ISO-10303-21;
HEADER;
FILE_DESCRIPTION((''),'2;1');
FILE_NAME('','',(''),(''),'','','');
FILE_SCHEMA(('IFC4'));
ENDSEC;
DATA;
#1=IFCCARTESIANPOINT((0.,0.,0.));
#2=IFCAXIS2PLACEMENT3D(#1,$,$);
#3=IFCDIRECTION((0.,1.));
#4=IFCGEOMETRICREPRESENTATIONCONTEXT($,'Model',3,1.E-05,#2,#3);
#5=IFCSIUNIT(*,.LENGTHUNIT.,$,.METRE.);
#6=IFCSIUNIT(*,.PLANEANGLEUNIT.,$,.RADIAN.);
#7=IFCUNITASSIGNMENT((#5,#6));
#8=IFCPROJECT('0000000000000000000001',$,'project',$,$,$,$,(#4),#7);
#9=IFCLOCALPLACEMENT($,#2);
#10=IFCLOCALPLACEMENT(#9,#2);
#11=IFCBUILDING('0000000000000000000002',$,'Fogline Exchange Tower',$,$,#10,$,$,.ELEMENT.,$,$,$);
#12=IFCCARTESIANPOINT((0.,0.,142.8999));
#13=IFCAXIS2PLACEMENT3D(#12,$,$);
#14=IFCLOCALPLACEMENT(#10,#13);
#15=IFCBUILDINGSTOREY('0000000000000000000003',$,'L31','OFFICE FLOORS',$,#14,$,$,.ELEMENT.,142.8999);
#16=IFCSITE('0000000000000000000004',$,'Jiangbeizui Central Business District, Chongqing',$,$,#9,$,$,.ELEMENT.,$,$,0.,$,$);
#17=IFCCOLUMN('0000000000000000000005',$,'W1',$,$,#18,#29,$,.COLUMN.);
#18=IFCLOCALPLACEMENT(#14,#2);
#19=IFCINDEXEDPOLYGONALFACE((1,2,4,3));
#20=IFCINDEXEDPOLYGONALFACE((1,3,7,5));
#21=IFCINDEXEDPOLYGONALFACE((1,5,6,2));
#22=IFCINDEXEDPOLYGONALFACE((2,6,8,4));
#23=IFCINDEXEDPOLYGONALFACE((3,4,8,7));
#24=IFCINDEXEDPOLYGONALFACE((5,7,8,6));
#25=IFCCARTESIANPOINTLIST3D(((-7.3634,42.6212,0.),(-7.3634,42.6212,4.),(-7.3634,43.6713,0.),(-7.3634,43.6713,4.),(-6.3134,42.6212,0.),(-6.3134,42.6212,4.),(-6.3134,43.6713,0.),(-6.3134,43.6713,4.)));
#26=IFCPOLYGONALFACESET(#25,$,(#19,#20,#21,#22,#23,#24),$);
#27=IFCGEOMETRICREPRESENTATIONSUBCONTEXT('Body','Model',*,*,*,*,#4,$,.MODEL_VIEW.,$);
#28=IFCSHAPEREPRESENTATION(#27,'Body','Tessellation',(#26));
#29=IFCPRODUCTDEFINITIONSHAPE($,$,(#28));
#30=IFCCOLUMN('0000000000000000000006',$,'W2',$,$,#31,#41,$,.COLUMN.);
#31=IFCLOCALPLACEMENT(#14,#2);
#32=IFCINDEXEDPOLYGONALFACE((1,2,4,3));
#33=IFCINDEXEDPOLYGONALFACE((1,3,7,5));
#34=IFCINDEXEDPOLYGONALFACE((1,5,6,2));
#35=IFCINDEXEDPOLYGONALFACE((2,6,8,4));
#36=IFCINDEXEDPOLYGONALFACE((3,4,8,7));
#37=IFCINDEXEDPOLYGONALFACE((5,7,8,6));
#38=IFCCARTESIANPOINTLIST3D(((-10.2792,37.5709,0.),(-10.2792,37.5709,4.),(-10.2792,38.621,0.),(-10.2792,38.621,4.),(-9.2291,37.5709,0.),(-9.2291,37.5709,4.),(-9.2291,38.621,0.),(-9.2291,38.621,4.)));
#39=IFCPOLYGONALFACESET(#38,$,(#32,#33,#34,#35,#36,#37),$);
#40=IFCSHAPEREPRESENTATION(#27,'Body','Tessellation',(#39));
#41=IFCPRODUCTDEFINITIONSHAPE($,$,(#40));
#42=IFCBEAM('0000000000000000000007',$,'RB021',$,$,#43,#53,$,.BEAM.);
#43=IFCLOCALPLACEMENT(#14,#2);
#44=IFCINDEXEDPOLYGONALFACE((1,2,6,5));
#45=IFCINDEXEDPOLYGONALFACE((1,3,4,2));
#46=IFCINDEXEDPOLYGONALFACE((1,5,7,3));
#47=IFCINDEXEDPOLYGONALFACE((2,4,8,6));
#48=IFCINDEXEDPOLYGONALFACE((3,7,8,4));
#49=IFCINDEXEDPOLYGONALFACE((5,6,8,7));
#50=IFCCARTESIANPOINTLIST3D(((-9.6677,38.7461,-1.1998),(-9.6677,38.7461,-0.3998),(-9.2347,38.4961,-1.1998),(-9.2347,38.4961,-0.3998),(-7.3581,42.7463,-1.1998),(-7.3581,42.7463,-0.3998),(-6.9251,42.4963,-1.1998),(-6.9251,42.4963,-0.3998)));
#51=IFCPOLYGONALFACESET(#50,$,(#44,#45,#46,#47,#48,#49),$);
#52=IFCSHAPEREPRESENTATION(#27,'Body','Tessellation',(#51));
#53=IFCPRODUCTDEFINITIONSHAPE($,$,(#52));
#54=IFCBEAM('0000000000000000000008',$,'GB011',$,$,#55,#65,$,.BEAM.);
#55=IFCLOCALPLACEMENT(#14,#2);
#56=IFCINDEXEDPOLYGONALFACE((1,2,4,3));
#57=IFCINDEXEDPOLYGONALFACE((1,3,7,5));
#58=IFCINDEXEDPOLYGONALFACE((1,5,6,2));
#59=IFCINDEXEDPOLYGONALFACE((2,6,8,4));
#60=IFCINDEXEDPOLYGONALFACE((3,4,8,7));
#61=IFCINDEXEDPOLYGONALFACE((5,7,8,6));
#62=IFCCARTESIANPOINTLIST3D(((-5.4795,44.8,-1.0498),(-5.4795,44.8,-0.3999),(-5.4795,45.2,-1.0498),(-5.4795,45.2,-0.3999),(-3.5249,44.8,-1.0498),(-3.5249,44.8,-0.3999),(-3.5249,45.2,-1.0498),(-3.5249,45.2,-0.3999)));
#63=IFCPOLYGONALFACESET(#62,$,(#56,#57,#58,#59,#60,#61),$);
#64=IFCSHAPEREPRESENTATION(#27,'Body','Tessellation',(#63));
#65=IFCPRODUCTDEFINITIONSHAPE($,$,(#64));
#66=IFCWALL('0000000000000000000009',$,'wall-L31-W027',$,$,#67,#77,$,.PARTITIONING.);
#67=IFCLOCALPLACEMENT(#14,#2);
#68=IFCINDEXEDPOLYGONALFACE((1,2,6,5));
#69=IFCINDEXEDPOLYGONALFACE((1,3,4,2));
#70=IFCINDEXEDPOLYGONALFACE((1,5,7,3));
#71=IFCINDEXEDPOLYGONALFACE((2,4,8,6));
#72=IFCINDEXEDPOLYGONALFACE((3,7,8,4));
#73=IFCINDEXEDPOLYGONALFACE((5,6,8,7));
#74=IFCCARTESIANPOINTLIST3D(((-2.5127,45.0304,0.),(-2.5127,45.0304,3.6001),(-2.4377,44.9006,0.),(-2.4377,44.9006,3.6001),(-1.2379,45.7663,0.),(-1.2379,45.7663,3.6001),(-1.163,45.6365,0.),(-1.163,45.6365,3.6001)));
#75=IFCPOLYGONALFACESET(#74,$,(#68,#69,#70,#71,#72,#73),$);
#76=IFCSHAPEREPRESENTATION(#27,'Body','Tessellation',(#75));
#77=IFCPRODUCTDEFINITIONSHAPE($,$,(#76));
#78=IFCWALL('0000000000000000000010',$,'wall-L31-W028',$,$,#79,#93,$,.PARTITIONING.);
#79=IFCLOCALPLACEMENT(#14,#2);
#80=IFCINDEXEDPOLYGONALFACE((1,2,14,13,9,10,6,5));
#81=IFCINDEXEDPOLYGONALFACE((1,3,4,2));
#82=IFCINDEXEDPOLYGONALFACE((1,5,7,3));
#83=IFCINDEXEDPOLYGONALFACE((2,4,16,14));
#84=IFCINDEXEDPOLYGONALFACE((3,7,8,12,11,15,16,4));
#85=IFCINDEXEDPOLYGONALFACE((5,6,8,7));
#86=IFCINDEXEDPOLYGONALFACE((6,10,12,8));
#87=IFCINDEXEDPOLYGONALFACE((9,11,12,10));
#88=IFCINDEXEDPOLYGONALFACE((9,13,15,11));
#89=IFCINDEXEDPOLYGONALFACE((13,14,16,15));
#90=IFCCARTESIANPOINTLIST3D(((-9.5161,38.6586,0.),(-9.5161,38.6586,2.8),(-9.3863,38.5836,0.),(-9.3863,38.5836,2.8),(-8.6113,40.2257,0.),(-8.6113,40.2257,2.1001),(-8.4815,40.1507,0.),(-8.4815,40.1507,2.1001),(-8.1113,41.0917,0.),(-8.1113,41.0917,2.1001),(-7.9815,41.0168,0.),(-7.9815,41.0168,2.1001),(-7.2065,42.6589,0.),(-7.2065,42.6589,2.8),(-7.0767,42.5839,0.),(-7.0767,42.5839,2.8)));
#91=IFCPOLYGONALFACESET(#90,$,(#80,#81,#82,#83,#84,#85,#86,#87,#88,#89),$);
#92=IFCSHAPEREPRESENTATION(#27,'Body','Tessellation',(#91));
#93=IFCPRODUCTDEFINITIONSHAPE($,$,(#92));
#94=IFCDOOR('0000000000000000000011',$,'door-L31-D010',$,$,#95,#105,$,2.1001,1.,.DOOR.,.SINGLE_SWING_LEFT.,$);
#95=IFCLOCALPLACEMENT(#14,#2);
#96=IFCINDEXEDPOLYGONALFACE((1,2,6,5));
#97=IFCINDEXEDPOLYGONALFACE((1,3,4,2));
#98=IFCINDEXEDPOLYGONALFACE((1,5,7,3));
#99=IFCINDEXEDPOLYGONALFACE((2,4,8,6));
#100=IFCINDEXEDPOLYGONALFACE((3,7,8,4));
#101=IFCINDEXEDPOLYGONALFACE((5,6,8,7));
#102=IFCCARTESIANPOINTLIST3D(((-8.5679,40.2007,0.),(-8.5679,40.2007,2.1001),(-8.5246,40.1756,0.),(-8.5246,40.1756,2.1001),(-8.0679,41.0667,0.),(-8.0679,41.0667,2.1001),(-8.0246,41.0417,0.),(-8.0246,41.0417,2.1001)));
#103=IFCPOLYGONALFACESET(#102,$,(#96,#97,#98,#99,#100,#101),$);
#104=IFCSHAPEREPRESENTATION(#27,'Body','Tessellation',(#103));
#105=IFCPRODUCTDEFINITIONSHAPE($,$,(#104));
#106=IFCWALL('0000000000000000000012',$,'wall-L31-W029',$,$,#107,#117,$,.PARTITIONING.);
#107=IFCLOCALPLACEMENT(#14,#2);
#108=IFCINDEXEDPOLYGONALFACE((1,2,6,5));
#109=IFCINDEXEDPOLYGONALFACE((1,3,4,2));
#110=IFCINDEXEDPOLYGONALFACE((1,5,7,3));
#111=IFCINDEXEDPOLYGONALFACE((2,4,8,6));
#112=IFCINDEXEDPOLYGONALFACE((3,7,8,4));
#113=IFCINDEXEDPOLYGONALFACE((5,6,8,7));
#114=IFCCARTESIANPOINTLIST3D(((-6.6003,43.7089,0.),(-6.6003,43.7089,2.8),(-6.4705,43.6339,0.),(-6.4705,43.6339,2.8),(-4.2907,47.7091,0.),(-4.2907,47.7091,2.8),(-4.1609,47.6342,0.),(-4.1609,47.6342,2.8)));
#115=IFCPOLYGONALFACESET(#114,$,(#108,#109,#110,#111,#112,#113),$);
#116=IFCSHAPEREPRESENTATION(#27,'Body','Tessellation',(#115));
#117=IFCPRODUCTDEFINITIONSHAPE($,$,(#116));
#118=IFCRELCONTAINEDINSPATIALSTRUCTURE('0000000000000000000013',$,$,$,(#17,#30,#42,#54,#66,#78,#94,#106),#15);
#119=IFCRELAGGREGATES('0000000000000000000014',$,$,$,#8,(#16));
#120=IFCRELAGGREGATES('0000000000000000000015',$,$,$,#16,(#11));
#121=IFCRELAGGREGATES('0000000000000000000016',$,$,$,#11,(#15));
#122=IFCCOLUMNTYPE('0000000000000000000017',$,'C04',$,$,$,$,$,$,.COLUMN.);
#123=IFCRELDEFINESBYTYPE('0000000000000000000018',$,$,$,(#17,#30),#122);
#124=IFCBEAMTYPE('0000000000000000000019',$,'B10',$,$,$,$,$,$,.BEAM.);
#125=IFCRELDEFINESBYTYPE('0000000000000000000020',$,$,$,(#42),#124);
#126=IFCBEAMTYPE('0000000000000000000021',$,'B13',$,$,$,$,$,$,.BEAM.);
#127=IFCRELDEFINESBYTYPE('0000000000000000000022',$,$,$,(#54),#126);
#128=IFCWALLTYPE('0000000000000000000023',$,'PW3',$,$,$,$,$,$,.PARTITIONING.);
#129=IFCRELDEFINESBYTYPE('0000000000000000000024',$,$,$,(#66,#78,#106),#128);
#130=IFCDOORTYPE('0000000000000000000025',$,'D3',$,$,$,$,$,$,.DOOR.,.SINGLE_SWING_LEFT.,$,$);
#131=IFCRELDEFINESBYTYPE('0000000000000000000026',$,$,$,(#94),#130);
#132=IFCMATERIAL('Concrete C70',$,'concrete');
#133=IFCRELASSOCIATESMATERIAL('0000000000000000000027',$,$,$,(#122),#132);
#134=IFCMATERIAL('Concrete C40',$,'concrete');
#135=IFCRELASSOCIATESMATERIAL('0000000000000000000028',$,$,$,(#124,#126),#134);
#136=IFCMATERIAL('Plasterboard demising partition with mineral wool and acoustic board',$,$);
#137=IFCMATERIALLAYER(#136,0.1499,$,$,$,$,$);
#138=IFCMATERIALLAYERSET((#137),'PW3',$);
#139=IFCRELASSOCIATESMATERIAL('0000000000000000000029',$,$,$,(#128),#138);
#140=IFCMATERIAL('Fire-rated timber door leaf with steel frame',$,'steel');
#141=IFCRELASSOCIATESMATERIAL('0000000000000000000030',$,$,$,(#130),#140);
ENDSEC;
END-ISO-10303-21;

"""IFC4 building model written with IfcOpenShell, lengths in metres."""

from ifc_helpers import new_model, si_unit, direction, frame, frame_2d, origin, origin_2d, place, context, subcontext, project, spatial, rectangle, extrude, material, layer, layer_set, material_profile, profile_set, type_object, element, fill, save


model = new_model("IFC4")

# Units and contexts
model_context = context("Model", 3, precision=1e-05, world=origin(), true_north=direction((0.0, 1.0)))
body_context = subcontext(model_context, "Body", "Model", "MODEL_VIEW")
ifc_project = project(units=[si_unit("LENGTHUNIT", "METRE"), si_unit("PLANEANGLEUNIT", "RADIAN")], contexts=[model_context])

# Site, building, storey
site_placement = place(None, origin())
site = spatial("IfcSite", under=ifc_project, at=site_placement, Name="Jiangbeizui Central Business District, Chongqing", CompositionType="ELEMENT", RefElevation=0.0)
building_placement = place(site_placement, origin())
building = spatial("IfcBuilding", under=site, at=building_placement, Name="Fogline Exchange Tower", CompositionType="ELEMENT")
storey_placement = place(building_placement, frame((0.0, 0.0, 142.8999)))
storey = spatial("IfcBuildingStorey", under=building, at=storey_placement, Name="L31", Description="OFFICE FLOORS", CompositionType="ELEMENT", Elevation=142.8999)

# Columns
ifc_material_1 = material(Name="Concrete C70", Category="concrete")
ifc_material_profile_1 = material_profile(ifc_material_1, rectangle(XDim=1.05, YDim=1.05, at=origin_2d()), Name="RC 1050x1050")
ifc_profile_set_1 = profile_set([ifc_material_profile_1], Name="Concrete C70")
column_type = type_object("IfcColumnType", Name="C04", PredefinedType="COLUMN", material=ifc_profile_set_1)
for number, where, z_axis, x_axis, name in (
    (1, (-6.8384, 43.1462, 0.0), (0.0, 0.0, 1.0), (1.0, 0.0, 0.0), "W1"),
    (2, (-9.7542, 38.0959, 0.0), (0.0, 0.0, 1.0), (1.0, 0.0, 0.0), "W2"),
):
    element("IfcColumn", number, at=place(storey_placement, frame(where, z_axis=z_axis, x_axis=x_axis)), inside=storey, type_object=column_type, Name=name, PredefinedType="COLUMN", context=body_context, shape_type="SweptSolid", body=[
        extrude(rectangle(XDim=1.05, YDim=1.05, at=origin_2d()), origin(), (0.0, 0.0, 1.0), 4.0),
    ])

# Beams
ifc_material_2 = material(Name="Concrete C40", Category="concrete")
ifc_material_profile_2 = material_profile(ifc_material_2, rectangle(XDim=0.5, YDim=0.8, at=origin_2d()), Name="RC 500x800")
ifc_profile_set_2 = profile_set([ifc_material_profile_2], Name="Concrete C40")
beam_type_1 = type_object("IfcBeamType", Name="B10", PredefinedType="BEAM", material=ifc_profile_set_2)
beam_1_placement = place(storey_placement, frame((-7.1416, 42.6213, -0.7998), z_axis=(-0.500005, -0.866023, 0.0), x_axis=(0.866023, -0.500005, 0.0)))
element("IfcBeam", 3, at=beam_1_placement, inside=storey, type_object=beam_type_1, Name="RB021", PredefinedType="BEAM", context=body_context, shape_type="SweptSolid", body=[
    extrude(rectangle(XDim=0.5, YDim=0.8, at=origin_2d()), origin(), (0.0, 0.0, 1.0), 4.6191),
])
ifc_material_profile_3 = material_profile(ifc_material_2, rectangle(XDim=0.3999, YDim=0.6499, at=origin_2d()), Name="RC 400x650")
ifc_profile_set_3 = profile_set([ifc_material_profile_3], Name="Concrete C40")
beam_type_2 = type_object("IfcBeamType", Name="B13", PredefinedType="BEAM", material=ifc_profile_set_3)
beam_2_placement = place(storey_placement, frame((-5.4795, 45.0, -0.7249), z_axis=(1.0, 0.0, 0.0), x_axis=(0.0, 1.0, 0.0)))
element("IfcBeam", 4, at=beam_2_placement, inside=storey, type_object=beam_type_2, Name="GB011", PredefinedType="BEAM", context=body_context, shape_type="SweptSolid", body=[
    extrude(rectangle(XDim=0.3999, YDim=0.6499, at=origin_2d()), origin(), (0.0, 0.0, 1.0), 1.9546),
])

# Wall
ifc_material_3 = material(Name="Plasterboard demising partition with mineral wool and acoustic board")
ifc_layer = layer(ifc_material_3, 0.1499)
ifc_layer_set = layer_set([ifc_layer], Name="PW3")
wall_type = type_object("IfcWallType", Name="PW3", PredefinedType="PARTITIONING", material=ifc_layer_set)
wall_1_placement = place(storey_placement, frame((-2.4751, 44.9656, 0.0), z_axis=(0.0, 0.0, 1.0), x_axis=(0.86605, 0.499957, 0.0)))
element("IfcWall", 5, at=wall_1_placement, inside=storey, type_object=wall_type, Name="wall-L31-W027", PredefinedType="PARTITIONING", context=body_context, shape_type="SweptSolid", body=[
    extrude(rectangle(XDim=1.4719, YDim=0.1499, at=frame_2d((0.7358, 0.0))), origin(), (0.0, 0.0, 1.0), 3.6001),
])

# Wall, opening, door
wall_2_placement = place(storey_placement, frame((-9.4512, 38.6211, 0.0), z_axis=(0.0, 0.0, 1.0), x_axis=(0.500005, 0.866023, 0.0)))
wall_2 = element("IfcWall", 6, at=wall_2_placement, inside=storey, type_object=wall_type, Name="wall-L31-W028", PredefinedType="PARTITIONING", context=body_context, shape_type="SweptSolid", body=[
    extrude(rectangle(XDim=4.6191, YDim=0.1499, at=frame_2d((2.3096, 0.0))), origin(), (0.0, 0.0, 1.0), 2.8),
])
opening_placement = place(wall_2_placement, frame((1.8096, 0.0, 0.0)))
opening = element("IfcOpeningElement", 7, at=opening_placement, cuts=wall_2, PredefinedType="OPENING", context=body_context, shape_type="SweptSolid", body=[
    extrude(rectangle(XDim=1.0, YDim=2.1001, at=frame_2d((0.5, 1.05))), frame((0.0, 0.085, 0.0), z_axis=(0.0, -1.0, 0.0), x_axis=(1.0, 0.0, 0.0)), (0.0, 0.0, 1.0), 0.1699),
])
ifc_material_4 = material(Name="Fire-rated timber door leaf with steel frame", Category="steel")
door_type = type_object("IfcDoorType", Name="D3", OperationType="SINGLE_SWING_LEFT", PredefinedType="DOOR", material=ifc_material_4)
door_placement = place(opening_placement, origin())
door = element("IfcDoor", 8, at=door_placement, inside=storey, type_object=door_type, Name="door-L31-D010", OperationType="SINGLE_SWING_LEFT", OverallHeight=2.1001, OverallWidth=1.0, PredefinedType="DOOR", context=body_context, shape_type="SweptSolid", body=[
    extrude(rectangle(XDim=1.0, YDim=2.1001, at=frame_2d((0.5, 1.05))), frame((0.0, 0.0249, 0.0), z_axis=(0.0, -1.0, 0.0), x_axis=(1.0, 0.0, 0.0)), (0.0, 0.0, 1.0), 0.05),
])
fill(opening, door)

# Wall
wall_3_placement = place(storey_placement, frame((-6.5354, 43.6714, 0.0), z_axis=(0.0, 0.0, 1.0), x_axis=(0.500005, 0.866023, 0.0)))
element("IfcWall", 9, at=wall_3_placement, inside=storey, type_object=wall_type, Name="wall-L31-W029", PredefinedType="PARTITIONING", context=body_context, shape_type="SweptSolid", body=[
    extrude(rectangle(XDim=4.6191, YDim=0.1499, at=frame_2d((2.3096, 0.0))), origin(), (0.0, 0.0, 1.0), 2.8),
])

save(model, "model.ifc")
